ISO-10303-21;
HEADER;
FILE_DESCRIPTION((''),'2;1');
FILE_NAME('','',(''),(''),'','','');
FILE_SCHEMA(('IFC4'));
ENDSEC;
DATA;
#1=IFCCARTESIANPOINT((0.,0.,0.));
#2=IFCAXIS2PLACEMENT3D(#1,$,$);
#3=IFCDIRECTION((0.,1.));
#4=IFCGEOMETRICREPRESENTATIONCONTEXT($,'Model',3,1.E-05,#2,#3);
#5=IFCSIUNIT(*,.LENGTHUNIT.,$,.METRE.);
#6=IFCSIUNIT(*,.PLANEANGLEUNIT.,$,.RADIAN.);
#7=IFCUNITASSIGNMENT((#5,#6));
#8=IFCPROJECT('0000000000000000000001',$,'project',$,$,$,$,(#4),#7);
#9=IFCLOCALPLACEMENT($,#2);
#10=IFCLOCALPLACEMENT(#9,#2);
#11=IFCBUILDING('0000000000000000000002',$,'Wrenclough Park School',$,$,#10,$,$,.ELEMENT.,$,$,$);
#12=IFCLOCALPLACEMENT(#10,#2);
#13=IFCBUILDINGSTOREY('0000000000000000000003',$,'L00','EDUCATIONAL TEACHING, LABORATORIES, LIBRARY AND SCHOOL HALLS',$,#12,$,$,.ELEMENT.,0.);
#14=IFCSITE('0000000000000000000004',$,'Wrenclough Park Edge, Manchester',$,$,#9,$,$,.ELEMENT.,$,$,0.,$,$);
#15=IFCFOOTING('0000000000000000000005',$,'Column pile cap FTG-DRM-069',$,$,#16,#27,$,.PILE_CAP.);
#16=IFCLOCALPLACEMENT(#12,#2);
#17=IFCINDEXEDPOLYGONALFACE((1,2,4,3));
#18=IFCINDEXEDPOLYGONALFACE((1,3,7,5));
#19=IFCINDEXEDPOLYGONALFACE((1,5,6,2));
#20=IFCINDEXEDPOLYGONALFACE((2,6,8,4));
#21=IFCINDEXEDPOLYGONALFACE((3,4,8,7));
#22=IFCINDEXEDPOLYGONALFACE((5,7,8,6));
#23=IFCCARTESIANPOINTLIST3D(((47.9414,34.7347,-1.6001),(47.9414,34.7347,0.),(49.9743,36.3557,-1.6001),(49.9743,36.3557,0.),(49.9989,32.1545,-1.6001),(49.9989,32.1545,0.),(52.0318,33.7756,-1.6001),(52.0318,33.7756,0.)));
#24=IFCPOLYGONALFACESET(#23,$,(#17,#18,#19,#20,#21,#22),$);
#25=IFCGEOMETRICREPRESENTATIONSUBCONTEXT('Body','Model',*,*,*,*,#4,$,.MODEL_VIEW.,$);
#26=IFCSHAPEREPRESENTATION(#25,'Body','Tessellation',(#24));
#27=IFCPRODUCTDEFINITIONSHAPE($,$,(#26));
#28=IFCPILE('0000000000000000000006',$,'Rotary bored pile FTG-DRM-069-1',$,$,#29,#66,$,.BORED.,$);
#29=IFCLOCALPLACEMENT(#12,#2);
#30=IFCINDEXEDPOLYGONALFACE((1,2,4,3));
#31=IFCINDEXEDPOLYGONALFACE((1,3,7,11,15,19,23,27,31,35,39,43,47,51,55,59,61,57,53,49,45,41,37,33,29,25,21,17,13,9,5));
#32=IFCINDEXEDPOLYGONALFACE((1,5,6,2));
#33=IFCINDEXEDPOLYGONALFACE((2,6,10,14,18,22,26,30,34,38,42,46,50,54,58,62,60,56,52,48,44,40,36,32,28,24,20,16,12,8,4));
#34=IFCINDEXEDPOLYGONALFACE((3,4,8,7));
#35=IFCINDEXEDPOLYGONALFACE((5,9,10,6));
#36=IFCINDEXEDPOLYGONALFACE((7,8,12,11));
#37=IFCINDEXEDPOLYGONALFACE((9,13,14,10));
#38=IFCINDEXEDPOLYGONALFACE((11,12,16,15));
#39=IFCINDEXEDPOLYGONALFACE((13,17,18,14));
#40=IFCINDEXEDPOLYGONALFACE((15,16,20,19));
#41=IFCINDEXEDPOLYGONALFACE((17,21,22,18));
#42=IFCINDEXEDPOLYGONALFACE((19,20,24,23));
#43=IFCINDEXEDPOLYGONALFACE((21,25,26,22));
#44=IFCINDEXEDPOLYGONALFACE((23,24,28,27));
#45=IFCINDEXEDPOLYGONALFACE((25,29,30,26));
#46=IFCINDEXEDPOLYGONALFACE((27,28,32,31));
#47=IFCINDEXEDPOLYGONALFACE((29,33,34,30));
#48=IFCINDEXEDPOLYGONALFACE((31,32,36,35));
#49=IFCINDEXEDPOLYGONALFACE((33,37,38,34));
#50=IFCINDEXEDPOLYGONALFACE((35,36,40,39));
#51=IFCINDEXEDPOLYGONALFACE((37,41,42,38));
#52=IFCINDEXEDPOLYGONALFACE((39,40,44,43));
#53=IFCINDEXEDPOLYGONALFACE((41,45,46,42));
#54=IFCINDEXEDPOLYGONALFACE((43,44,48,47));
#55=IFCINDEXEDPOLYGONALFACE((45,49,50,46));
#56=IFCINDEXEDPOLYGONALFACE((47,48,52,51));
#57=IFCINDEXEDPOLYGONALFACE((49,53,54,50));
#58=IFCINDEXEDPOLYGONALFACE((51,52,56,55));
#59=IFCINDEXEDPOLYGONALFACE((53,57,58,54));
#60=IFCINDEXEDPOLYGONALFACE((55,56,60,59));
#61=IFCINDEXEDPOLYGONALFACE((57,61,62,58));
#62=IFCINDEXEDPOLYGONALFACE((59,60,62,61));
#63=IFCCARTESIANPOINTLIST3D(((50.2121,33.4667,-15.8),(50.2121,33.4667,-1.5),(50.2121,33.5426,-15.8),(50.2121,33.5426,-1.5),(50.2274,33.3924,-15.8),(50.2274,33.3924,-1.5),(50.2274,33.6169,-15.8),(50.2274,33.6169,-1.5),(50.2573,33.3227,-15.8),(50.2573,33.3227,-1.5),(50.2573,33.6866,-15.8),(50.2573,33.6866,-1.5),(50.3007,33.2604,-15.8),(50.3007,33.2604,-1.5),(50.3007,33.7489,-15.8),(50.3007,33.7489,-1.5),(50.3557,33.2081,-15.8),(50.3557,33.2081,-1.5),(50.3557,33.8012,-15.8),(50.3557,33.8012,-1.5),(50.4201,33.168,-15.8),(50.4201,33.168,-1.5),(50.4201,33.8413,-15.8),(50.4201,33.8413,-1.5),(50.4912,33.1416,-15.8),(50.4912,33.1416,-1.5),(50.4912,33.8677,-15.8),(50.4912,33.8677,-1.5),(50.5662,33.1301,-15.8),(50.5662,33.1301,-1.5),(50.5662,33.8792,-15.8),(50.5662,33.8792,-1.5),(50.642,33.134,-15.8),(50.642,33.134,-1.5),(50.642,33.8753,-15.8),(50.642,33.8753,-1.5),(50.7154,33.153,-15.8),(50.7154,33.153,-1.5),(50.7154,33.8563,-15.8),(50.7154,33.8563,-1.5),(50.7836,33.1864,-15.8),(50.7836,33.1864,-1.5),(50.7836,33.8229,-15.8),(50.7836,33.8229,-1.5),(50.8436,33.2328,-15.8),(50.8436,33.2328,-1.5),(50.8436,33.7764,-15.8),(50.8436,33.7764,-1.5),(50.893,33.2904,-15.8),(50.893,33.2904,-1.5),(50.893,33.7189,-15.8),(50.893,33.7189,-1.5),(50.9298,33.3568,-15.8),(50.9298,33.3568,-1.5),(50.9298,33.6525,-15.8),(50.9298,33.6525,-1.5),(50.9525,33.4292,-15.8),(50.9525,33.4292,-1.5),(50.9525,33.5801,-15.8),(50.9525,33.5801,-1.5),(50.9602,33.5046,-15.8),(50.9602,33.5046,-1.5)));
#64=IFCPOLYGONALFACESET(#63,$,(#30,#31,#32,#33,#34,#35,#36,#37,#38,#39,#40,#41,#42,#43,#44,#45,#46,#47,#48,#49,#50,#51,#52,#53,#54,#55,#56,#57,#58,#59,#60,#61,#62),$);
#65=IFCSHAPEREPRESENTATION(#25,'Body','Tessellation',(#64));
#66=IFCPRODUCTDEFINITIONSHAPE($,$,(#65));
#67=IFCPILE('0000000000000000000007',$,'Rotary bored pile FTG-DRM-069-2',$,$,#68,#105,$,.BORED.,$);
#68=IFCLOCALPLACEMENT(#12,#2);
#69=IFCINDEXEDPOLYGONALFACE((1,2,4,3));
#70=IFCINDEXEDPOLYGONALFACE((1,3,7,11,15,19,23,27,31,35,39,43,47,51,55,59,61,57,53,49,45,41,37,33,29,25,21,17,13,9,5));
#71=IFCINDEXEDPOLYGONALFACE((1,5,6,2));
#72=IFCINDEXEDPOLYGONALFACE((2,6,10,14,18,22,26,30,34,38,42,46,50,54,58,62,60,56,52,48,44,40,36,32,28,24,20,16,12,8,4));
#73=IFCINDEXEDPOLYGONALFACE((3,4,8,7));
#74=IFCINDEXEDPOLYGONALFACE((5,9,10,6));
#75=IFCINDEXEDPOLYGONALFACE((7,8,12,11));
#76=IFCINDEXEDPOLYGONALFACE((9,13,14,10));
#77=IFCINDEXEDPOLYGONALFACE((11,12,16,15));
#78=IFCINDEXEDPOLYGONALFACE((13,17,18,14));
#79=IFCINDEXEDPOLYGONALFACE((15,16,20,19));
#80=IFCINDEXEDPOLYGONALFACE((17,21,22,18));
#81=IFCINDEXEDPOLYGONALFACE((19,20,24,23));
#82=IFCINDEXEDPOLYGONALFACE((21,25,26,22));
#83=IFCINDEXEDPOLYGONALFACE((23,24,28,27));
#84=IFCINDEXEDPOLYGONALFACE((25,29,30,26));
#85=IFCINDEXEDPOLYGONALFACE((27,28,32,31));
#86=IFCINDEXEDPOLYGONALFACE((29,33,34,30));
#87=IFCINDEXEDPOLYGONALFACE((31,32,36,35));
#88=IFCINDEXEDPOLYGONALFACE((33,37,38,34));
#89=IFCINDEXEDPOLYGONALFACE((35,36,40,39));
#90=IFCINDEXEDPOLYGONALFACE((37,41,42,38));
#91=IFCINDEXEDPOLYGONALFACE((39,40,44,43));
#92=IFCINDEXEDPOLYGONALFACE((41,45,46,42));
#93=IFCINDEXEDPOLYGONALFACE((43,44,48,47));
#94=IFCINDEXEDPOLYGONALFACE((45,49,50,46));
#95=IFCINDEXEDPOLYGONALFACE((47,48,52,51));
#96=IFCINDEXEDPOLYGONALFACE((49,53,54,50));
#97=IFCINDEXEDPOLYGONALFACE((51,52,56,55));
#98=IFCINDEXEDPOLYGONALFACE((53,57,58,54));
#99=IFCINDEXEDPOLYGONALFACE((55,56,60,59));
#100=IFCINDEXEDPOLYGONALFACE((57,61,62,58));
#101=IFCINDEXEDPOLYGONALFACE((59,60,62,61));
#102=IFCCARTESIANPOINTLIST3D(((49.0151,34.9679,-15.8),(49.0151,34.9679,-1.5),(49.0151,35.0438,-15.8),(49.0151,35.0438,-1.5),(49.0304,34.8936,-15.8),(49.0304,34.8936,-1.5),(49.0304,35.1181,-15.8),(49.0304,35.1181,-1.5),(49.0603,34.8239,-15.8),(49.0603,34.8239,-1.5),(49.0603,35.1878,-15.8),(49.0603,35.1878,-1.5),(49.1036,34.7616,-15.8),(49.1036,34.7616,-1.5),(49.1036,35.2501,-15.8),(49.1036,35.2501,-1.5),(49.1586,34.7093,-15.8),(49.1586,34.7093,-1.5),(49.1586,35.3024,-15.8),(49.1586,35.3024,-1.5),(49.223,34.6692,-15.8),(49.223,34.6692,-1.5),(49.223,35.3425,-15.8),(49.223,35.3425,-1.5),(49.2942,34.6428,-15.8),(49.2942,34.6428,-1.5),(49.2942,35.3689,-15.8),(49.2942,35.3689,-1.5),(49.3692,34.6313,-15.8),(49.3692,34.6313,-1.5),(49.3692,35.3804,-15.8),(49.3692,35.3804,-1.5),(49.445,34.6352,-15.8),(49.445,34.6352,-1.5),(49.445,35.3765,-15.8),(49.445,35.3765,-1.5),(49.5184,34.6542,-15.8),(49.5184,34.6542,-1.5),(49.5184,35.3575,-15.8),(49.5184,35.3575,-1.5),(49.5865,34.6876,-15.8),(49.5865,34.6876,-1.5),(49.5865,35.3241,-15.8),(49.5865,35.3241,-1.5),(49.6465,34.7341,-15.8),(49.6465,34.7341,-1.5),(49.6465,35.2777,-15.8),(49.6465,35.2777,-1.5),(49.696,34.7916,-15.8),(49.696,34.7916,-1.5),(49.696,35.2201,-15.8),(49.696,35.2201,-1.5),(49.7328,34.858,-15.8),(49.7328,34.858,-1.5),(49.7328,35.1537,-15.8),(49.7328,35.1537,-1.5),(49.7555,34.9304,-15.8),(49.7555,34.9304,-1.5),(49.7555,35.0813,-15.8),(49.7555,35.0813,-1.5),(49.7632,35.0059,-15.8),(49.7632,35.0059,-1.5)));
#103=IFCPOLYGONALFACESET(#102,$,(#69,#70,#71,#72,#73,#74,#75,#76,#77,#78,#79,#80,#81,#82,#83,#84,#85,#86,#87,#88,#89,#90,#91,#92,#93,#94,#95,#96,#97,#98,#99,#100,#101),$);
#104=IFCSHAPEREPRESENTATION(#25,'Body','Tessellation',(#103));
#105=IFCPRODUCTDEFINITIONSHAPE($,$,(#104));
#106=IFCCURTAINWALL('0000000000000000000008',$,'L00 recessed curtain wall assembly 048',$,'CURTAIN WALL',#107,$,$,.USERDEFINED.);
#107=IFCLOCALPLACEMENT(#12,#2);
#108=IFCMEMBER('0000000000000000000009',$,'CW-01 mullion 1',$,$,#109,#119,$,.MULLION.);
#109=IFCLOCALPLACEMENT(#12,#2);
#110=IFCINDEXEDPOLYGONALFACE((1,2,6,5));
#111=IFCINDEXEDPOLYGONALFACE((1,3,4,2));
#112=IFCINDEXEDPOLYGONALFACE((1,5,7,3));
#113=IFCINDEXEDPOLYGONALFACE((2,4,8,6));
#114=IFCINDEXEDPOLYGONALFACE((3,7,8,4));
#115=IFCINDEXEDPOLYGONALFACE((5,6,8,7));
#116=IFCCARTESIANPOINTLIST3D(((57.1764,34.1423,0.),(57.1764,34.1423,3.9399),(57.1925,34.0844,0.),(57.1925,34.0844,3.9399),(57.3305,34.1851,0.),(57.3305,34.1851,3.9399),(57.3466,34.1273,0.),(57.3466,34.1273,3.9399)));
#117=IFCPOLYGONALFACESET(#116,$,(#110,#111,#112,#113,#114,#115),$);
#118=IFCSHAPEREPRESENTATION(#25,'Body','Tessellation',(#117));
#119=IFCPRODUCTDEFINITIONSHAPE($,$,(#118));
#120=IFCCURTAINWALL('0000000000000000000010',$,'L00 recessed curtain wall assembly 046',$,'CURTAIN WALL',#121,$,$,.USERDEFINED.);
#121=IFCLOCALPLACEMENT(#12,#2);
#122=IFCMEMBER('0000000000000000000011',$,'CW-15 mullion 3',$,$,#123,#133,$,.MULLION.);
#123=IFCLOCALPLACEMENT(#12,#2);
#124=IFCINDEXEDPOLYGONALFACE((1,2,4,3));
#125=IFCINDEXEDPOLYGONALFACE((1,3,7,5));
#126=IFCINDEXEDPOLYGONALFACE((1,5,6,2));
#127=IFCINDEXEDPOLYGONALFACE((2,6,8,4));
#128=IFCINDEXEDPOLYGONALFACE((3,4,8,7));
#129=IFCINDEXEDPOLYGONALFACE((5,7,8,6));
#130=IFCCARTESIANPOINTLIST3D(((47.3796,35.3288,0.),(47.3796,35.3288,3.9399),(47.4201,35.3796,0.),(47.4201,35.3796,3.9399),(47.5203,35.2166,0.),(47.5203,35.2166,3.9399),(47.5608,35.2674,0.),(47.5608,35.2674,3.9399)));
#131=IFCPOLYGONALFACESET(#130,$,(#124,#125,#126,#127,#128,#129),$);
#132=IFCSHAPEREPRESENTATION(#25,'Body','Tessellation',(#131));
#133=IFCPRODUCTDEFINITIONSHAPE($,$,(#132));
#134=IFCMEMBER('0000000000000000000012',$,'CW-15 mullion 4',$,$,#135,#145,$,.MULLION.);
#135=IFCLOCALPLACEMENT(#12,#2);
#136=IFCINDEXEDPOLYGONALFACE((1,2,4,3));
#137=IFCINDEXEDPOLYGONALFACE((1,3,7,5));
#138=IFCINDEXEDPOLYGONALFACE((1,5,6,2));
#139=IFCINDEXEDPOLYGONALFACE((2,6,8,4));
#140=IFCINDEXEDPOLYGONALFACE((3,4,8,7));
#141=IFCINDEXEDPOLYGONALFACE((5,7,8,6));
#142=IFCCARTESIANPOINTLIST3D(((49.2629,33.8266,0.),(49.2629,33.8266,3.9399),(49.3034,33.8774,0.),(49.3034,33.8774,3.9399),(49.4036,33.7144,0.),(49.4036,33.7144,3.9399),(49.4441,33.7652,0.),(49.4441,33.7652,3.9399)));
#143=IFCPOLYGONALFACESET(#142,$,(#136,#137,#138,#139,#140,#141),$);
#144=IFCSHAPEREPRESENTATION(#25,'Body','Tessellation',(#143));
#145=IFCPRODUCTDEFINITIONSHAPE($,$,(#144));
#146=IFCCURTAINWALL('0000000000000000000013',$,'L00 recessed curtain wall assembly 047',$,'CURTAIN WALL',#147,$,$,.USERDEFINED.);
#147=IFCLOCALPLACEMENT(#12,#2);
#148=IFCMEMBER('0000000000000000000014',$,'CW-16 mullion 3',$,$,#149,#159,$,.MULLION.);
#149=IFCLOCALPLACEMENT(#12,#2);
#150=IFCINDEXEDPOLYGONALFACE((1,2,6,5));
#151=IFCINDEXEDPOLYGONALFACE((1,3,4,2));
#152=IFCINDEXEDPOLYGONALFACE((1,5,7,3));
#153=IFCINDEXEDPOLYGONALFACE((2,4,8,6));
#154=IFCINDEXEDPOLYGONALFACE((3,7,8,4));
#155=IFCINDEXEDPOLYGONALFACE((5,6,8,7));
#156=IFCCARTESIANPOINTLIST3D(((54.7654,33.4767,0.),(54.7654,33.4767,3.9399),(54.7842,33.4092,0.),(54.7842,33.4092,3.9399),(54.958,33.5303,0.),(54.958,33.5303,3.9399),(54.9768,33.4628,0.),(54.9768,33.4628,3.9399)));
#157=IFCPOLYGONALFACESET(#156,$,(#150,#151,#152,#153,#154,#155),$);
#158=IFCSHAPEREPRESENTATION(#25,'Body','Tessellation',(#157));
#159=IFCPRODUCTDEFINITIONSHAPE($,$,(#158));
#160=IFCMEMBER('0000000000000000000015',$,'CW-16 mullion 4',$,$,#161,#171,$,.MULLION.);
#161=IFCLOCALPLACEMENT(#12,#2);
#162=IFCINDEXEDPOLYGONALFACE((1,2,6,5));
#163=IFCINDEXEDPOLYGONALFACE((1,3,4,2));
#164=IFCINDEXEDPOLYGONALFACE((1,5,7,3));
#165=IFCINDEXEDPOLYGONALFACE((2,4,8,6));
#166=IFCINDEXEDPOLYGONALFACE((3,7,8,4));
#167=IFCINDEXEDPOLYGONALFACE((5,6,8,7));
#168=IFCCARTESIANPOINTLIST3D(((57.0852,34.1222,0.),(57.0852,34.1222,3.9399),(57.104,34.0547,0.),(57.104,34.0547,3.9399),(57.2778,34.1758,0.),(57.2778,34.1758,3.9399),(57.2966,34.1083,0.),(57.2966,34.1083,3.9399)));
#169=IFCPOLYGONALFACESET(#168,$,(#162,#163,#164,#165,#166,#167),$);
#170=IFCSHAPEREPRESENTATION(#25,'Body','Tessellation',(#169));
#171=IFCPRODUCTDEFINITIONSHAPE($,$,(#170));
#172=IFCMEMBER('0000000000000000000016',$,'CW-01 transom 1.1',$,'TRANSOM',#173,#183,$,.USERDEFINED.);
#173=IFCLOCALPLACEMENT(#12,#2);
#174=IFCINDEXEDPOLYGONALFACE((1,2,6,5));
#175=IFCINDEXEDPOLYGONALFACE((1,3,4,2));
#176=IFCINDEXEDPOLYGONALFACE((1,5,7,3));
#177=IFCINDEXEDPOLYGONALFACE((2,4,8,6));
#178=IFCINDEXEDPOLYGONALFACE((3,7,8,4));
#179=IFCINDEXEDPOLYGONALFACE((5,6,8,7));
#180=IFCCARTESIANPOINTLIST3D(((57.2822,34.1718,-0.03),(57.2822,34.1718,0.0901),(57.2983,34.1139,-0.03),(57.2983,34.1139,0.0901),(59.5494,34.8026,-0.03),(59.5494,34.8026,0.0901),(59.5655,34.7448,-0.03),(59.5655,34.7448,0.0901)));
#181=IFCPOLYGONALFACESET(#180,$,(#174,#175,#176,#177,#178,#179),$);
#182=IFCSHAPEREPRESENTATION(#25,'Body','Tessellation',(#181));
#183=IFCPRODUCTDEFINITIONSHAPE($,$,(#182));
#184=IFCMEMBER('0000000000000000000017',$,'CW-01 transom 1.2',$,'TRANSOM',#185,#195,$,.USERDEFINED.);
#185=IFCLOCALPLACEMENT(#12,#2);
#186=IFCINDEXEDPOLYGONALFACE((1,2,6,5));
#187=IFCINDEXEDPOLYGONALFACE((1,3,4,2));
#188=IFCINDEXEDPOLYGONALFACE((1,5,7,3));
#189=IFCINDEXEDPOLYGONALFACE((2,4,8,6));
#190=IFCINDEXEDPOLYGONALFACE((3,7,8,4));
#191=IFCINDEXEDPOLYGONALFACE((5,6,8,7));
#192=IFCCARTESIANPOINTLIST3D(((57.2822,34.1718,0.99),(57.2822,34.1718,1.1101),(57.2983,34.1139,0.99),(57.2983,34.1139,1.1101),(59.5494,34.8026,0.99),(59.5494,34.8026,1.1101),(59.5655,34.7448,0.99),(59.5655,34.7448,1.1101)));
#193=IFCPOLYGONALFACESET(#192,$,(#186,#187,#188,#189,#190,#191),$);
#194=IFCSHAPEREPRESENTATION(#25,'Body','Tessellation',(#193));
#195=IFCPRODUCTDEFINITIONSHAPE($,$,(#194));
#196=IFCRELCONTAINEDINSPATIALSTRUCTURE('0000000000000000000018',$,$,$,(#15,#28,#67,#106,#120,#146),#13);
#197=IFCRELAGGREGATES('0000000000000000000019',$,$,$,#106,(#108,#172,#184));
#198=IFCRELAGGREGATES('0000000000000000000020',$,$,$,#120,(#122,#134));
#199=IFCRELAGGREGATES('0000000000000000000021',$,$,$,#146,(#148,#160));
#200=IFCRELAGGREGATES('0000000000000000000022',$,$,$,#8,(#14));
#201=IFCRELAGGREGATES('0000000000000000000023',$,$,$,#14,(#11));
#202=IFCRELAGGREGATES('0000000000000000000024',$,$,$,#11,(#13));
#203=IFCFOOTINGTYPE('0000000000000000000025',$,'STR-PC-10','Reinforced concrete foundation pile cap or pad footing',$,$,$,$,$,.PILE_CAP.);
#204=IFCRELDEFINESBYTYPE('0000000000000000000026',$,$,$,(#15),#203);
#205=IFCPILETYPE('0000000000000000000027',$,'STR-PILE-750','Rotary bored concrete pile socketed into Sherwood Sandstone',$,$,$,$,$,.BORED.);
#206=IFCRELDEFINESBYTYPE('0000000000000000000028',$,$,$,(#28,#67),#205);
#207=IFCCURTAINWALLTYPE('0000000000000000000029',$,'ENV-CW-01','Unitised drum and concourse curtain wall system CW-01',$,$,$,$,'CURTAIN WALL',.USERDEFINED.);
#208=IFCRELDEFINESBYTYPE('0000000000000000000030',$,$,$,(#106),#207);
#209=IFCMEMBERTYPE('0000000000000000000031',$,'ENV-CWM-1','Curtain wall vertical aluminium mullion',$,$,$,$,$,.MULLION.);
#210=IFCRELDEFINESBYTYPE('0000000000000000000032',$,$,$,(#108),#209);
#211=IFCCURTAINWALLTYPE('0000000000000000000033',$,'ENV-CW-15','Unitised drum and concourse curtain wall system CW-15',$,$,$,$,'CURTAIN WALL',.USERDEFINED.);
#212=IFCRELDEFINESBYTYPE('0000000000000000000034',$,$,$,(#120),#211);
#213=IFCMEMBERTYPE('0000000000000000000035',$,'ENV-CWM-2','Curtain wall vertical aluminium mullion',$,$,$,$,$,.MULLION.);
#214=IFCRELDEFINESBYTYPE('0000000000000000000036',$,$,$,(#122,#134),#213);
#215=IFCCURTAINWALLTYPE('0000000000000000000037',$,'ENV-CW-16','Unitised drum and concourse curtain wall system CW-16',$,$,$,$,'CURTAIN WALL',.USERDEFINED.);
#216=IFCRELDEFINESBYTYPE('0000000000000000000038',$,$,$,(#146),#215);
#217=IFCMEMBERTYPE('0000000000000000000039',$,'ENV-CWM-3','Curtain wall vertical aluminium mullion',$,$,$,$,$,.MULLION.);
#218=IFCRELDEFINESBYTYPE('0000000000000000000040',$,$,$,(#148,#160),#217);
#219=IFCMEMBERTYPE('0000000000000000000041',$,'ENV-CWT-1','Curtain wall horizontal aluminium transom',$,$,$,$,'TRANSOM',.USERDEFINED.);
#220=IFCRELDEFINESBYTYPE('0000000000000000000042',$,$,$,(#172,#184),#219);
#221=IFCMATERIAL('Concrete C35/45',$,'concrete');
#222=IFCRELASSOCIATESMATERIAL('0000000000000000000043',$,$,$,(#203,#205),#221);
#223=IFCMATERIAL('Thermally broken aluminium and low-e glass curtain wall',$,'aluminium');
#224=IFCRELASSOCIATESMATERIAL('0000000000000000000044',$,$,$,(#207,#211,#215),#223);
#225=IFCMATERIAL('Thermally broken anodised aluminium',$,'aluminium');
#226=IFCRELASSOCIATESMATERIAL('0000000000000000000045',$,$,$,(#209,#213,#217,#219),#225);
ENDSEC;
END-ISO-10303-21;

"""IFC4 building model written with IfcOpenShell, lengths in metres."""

from ifc_helpers import new_model, si_unit, direction, frame, origin, origin_2d, place, context, subcontext, project, spatial, rectangle, circle, extrude, material, material_profile, profile_set, type_object, element, aggregate, save


model = new_model("IFC4")

# Units and contexts
model_context = context("Model", 3, precision=1e-05, world=origin(), true_north=direction((0.0, 1.0)))
body_context = subcontext(model_context, "Body", "Model", "MODEL_VIEW")
ifc_project = project(units=[si_unit("LENGTHUNIT", "METRE"), si_unit("PLANEANGLEUNIT", "RADIAN")], contexts=[model_context])

# Site, building, storey
site_placement = place(None, origin())
site = spatial("IfcSite", under=ifc_project, at=site_placement, Name="Wrenclough Park Edge, Manchester", CompositionType="ELEMENT", RefElevation=0.0)
building_placement = place(site_placement, origin())
building = spatial("IfcBuilding", under=site, at=building_placement, Name="Wrenclough Park School", CompositionType="ELEMENT")
storey_placement = place(building_placement, origin())
storey = spatial("IfcBuildingStorey", under=building, at=storey_placement, Name="L00", Description="EDUCATIONAL TEACHING, LABORATORIES, LIBRARY AND SCHOOL HALLS", CompositionType="ELEMENT", Elevation=0.0)

# Footing
ifc_material_1 = material(Name="Concrete C35/45", Category="concrete")
footing_type = type_object("IfcFootingType", Name="STR-PC-10", Description="Reinforced concrete foundation pile cap or pad footing", PredefinedType="PILE_CAP", material=ifc_material_1)
footing_placement = place(storey_placement, frame((49.9866, 34.2551, -1.6001), z_axis=(0.0, 0.0, 1.0), x_axis=(-0.62347, 0.781847, 0.0)))
element("IfcFooting", 1, at=footing_placement, inside=storey, type_object=footing_type, Name="Column pile cap FTG-DRM-069", PredefinedType="PILE_CAP", context=body_context, shape_type="SweptSolid", body=[
    extrude(rectangle(XDim=3.3, YDim=2.6001, at=origin_2d()), origin(), (0.0, 0.0, 1.0), 1.6001),
])

# Piles
ifc_material_profile_1 = material_profile(ifc_material_1, circle(Radius=0.375, at=origin_2d()), Name="BORED PILE D750")
ifc_profile_set_1 = profile_set([ifc_material_profile_1], Name="Concrete C35/45")
pile_type = type_object("IfcPileType", Name="STR-PILE-750", Description="Rotary bored concrete pile socketed into Sherwood Sandstone", PredefinedType="BORED", material=ifc_profile_set_1)
for number, where, z_axis, x_axis, name in (
    (2, (50.5852, 33.5046, -1.5), (0.0, 0.0, -1.0), (1.0, 0.0, 0.0), "Rotary bored pile FTG-DRM-069-1"),
    (3, (49.3882, 35.0059, -1.5), (0.0, 0.0, -1.0), (1.0, 0.0, 0.0), "Rotary bored pile FTG-DRM-069-2"),
):
    element("IfcPile", number, at=place(storey_placement, frame(where, z_axis=z_axis, x_axis=x_axis)), inside=storey, type_object=pile_type, Name=name, PredefinedType="BORED", context=body_context, shape_type="SweptSolid", body=[
        extrude(circle(Radius=0.375, at=origin_2d()), origin(), (0.0, 0.0, 1.0), 14.3),
    ])

# Curtain wall, member
ifc_material_2 = material(Name="Thermally broken aluminium and low-e glass curtain wall", Category="aluminium")
curtain_wall_type_1 = type_object("IfcCurtainWallType", Name="ENV-CW-01", Description="Unitised drum and concourse curtain wall system CW-01", ElementType="CURTAIN WALL", PredefinedType="USERDEFINED", material=ifc_material_2)
curtain_wall_1_placement = place(storey_placement, origin())
curtain_wall_1 = element("IfcCurtainWall", 4, at=curtain_wall_1_placement, inside=storey, type_object=curtain_wall_type_1, Name="L00 recessed curtain wall assembly 048", ObjectType="CURTAIN WALL", PredefinedType="USERDEFINED")
ifc_material_3 = material(Name="Thermally broken anodised aluminium", Category="aluminium")
ifc_material_profile_2 = material_profile(ifc_material_3, rectangle(XDim=0.0601, YDim=0.1599, at=origin_2d()), Name="AL MULLION 60x160")
ifc_profile_set_2 = profile_set([ifc_material_profile_2], Name="Thermally broken anodised aluminium")
member_type_1 = type_object("IfcMemberType", Name="ENV-CWM-1", Description="Curtain wall vertical aluminium mullion", PredefinedType="MULLION", material=ifc_profile_set_2)
member_1_placement = place(storey_placement, frame((57.2615, 34.1348, 0.0), z_axis=(0.0, 0.0, 1.0), x_axis=(-0.268082, 0.963396, 0.0)))
member_1 = element("IfcMember", 5, at=member_1_placement, type_object=member_type_1, Name="CW-01 mullion 1", PredefinedType="MULLION", context=body_context, shape_type="SweptSolid", body=[
    extrude(rectangle(XDim=0.0601, YDim=0.1599, at=origin_2d()), origin(), (0.0, 0.0, 1.0), 3.9399),
])

# Curtain walls, members
curtain_wall_type_2 = type_object("IfcCurtainWallType", Name="ENV-CW-15", Description="Unitised drum and concourse curtain wall system CW-15", ElementType="CURTAIN WALL", PredefinedType="USERDEFINED", material=ifc_material_2)
curtain_wall_2_placement = place(storey_placement, origin())
curtain_wall_2 = element("IfcCurtainWall", 6, at=curtain_wall_2_placement, inside=storey, type_object=curtain_wall_type_2, Name="L00 recessed curtain wall assembly 046", ObjectType="CURTAIN WALL", PredefinedType="USERDEFINED")
ifc_material_profile_3 = material_profile(ifc_material_3, rectangle(XDim=0.0649, YDim=0.1799, at=origin_2d()), Name="AL MULLION 65x180")
ifc_profile_set_3 = profile_set([ifc_material_profile_3], Name="Thermally broken anodised aluminium")
member_type_2 = type_object("IfcMemberType", Name="ENV-CWM-2", Description="Curtain wall vertical aluminium mullion", PredefinedType="MULLION", material=ifc_profile_set_3)
member_2_placement = place(storey_placement, frame((47.4702, 35.2981, 0.0), z_axis=(0.0, 0.0, 1.0), x_axis=(0.623499, 0.781824, 0.0)))
member_2 = element("IfcMember", 7, at=member_2_placement, type_object=member_type_2, Name="CW-15 mullion 3", PredefinedType="MULLION", context=body_context, shape_type="SweptSolid", body=[
    extrude(rectangle(XDim=0.0649, YDim=0.1799, at=origin_2d()), origin(), (0.0, 0.0, 1.0), 3.9399),
])
member_3_placement = place(storey_placement, frame((49.3535, 33.7959, 0.0), z_axis=(0.0, 0.0, 1.0), x_axis=(0.623499, 0.781824, 0.0)))
member_3 = element("IfcMember", 8, at=member_3_placement, type_object=member_type_2, Name="CW-15 mullion 4", PredefinedType="MULLION", context=body_context, shape_type="SweptSolid", body=[
    extrude(rectangle(XDim=0.0649, YDim=0.1799, at=origin_2d()), origin(), (0.0, 0.0, 1.0), 3.9399),
])
curtain_wall_type_3 = type_object("IfcCurtainWallType", Name="ENV-CW-16", Description="Unitised drum and concourse curtain wall system CW-16", ElementType="CURTAIN WALL", PredefinedType="USERDEFINED", material=ifc_material_2)
curtain_wall_3_placement = place(storey_placement, origin())
curtain_wall_3 = element("IfcCurtainWall", 9, at=curtain_wall_3_placement, inside=storey, type_object=curtain_wall_type_3, Name="L00 recessed curtain wall assembly 047", ObjectType="CURTAIN WALL", PredefinedType="USERDEFINED")
ifc_material_profile_4 = material_profile(ifc_material_3, rectangle(XDim=0.0701, YDim=0.2, at=origin_2d()), Name="AL MULLION 70x200")
ifc_profile_set_4 = profile_set([ifc_material_profile_4], Name="Thermally broken anodised aluminium")
member_type_3 = type_object("IfcMemberType", Name="ENV-CWM-3", Description="Curtain wall vertical aluminium mullion", PredefinedType="MULLION", material=ifc_profile_set_4)
member_4_placement = place(storey_placement, frame((54.8711, 33.4697, 0.0), z_axis=(0.0, 0.0, 1.0), x_axis=(-0.268072, 0.963399, 0.0)))
member_4 = element("IfcMember", 10, at=member_4_placement, type_object=member_type_3, Name="CW-16 mullion 3", PredefinedType="MULLION", context=body_context, shape_type="SweptSolid", body=[
    extrude(rectangle(XDim=0.0701, YDim=0.2, at=origin_2d()), origin(), (0.0, 0.0, 1.0), 3.9399),
])
member_5_placement = place(storey_placement, frame((57.1909, 34.1152, 0.0), z_axis=(0.0, 0.0, 1.0), x_axis=(-0.268072, 0.963399, 0.0)))
member_5 = element("IfcMember", 11, at=member_5_placement, type_object=member_type_3, Name="CW-16 mullion 4", PredefinedType="MULLION", context=body_context, shape_type="SweptSolid", body=[
    extrude(rectangle(XDim=0.0701, YDim=0.2, at=origin_2d()), origin(), (0.0, 0.0, 1.0), 3.9399),
])

# Members
ifc_material_profile_5 = material_profile(ifc_material_3, rectangle(XDim=0.0601, YDim=0.1201, at=origin_2d()), Name="AL TRANSOM 60x120")
ifc_profile_set_5 = profile_set([ifc_material_profile_5], Name="Thermally broken anodised aluminium")
member_type_4 = type_object("IfcMemberType", Name="ENV-CWT-1", Description="Curtain wall horizontal aluminium transom", ElementType="TRANSOM", PredefinedType="USERDEFINED", material=ifc_profile_set_5)
member_6_placement = place(storey_placement, frame((57.2903, 34.1428, 0.03), z_axis=(0.963396, 0.268083, 0.0), x_axis=(-0.268083, 0.963396, 0.0)))
member_6 = element("IfcMember", 12, at=member_6_placement, type_object=member_type_4, Name="CW-01 transom 1.1", ObjectType="TRANSOM", PredefinedType="USERDEFINED", context=body_context, shape_type="SweptSolid", body=[
    extrude(rectangle(XDim=0.0601, YDim=0.1201, at=origin_2d()), origin(), (0.0, 0.0, 1.0), 2.3533),
])
member_7_placement = place(storey_placement, frame((57.2903, 34.1428, 1.05), z_axis=(0.963396, 0.268083, 0.0), x_axis=(-0.268083, 0.963396, 0.0)))
member_7 = element("IfcMember", 13, at=member_7_placement, type_object=member_type_4, Name="CW-01 transom 1.2", ObjectType="TRANSOM", PredefinedType="USERDEFINED", context=body_context, shape_type="SweptSolid", body=[
    extrude(rectangle(XDim=0.0601, YDim=0.1201, at=origin_2d()), origin(), (0.0, 0.0, 1.0), 2.3533),
])
aggregate(curtain_wall_1, [member_1, member_6, member_7])

aggregate(curtain_wall_2, [member_2, member_3])
aggregate(curtain_wall_3, [member_4, member_5])

save(model, "model.ifc")
